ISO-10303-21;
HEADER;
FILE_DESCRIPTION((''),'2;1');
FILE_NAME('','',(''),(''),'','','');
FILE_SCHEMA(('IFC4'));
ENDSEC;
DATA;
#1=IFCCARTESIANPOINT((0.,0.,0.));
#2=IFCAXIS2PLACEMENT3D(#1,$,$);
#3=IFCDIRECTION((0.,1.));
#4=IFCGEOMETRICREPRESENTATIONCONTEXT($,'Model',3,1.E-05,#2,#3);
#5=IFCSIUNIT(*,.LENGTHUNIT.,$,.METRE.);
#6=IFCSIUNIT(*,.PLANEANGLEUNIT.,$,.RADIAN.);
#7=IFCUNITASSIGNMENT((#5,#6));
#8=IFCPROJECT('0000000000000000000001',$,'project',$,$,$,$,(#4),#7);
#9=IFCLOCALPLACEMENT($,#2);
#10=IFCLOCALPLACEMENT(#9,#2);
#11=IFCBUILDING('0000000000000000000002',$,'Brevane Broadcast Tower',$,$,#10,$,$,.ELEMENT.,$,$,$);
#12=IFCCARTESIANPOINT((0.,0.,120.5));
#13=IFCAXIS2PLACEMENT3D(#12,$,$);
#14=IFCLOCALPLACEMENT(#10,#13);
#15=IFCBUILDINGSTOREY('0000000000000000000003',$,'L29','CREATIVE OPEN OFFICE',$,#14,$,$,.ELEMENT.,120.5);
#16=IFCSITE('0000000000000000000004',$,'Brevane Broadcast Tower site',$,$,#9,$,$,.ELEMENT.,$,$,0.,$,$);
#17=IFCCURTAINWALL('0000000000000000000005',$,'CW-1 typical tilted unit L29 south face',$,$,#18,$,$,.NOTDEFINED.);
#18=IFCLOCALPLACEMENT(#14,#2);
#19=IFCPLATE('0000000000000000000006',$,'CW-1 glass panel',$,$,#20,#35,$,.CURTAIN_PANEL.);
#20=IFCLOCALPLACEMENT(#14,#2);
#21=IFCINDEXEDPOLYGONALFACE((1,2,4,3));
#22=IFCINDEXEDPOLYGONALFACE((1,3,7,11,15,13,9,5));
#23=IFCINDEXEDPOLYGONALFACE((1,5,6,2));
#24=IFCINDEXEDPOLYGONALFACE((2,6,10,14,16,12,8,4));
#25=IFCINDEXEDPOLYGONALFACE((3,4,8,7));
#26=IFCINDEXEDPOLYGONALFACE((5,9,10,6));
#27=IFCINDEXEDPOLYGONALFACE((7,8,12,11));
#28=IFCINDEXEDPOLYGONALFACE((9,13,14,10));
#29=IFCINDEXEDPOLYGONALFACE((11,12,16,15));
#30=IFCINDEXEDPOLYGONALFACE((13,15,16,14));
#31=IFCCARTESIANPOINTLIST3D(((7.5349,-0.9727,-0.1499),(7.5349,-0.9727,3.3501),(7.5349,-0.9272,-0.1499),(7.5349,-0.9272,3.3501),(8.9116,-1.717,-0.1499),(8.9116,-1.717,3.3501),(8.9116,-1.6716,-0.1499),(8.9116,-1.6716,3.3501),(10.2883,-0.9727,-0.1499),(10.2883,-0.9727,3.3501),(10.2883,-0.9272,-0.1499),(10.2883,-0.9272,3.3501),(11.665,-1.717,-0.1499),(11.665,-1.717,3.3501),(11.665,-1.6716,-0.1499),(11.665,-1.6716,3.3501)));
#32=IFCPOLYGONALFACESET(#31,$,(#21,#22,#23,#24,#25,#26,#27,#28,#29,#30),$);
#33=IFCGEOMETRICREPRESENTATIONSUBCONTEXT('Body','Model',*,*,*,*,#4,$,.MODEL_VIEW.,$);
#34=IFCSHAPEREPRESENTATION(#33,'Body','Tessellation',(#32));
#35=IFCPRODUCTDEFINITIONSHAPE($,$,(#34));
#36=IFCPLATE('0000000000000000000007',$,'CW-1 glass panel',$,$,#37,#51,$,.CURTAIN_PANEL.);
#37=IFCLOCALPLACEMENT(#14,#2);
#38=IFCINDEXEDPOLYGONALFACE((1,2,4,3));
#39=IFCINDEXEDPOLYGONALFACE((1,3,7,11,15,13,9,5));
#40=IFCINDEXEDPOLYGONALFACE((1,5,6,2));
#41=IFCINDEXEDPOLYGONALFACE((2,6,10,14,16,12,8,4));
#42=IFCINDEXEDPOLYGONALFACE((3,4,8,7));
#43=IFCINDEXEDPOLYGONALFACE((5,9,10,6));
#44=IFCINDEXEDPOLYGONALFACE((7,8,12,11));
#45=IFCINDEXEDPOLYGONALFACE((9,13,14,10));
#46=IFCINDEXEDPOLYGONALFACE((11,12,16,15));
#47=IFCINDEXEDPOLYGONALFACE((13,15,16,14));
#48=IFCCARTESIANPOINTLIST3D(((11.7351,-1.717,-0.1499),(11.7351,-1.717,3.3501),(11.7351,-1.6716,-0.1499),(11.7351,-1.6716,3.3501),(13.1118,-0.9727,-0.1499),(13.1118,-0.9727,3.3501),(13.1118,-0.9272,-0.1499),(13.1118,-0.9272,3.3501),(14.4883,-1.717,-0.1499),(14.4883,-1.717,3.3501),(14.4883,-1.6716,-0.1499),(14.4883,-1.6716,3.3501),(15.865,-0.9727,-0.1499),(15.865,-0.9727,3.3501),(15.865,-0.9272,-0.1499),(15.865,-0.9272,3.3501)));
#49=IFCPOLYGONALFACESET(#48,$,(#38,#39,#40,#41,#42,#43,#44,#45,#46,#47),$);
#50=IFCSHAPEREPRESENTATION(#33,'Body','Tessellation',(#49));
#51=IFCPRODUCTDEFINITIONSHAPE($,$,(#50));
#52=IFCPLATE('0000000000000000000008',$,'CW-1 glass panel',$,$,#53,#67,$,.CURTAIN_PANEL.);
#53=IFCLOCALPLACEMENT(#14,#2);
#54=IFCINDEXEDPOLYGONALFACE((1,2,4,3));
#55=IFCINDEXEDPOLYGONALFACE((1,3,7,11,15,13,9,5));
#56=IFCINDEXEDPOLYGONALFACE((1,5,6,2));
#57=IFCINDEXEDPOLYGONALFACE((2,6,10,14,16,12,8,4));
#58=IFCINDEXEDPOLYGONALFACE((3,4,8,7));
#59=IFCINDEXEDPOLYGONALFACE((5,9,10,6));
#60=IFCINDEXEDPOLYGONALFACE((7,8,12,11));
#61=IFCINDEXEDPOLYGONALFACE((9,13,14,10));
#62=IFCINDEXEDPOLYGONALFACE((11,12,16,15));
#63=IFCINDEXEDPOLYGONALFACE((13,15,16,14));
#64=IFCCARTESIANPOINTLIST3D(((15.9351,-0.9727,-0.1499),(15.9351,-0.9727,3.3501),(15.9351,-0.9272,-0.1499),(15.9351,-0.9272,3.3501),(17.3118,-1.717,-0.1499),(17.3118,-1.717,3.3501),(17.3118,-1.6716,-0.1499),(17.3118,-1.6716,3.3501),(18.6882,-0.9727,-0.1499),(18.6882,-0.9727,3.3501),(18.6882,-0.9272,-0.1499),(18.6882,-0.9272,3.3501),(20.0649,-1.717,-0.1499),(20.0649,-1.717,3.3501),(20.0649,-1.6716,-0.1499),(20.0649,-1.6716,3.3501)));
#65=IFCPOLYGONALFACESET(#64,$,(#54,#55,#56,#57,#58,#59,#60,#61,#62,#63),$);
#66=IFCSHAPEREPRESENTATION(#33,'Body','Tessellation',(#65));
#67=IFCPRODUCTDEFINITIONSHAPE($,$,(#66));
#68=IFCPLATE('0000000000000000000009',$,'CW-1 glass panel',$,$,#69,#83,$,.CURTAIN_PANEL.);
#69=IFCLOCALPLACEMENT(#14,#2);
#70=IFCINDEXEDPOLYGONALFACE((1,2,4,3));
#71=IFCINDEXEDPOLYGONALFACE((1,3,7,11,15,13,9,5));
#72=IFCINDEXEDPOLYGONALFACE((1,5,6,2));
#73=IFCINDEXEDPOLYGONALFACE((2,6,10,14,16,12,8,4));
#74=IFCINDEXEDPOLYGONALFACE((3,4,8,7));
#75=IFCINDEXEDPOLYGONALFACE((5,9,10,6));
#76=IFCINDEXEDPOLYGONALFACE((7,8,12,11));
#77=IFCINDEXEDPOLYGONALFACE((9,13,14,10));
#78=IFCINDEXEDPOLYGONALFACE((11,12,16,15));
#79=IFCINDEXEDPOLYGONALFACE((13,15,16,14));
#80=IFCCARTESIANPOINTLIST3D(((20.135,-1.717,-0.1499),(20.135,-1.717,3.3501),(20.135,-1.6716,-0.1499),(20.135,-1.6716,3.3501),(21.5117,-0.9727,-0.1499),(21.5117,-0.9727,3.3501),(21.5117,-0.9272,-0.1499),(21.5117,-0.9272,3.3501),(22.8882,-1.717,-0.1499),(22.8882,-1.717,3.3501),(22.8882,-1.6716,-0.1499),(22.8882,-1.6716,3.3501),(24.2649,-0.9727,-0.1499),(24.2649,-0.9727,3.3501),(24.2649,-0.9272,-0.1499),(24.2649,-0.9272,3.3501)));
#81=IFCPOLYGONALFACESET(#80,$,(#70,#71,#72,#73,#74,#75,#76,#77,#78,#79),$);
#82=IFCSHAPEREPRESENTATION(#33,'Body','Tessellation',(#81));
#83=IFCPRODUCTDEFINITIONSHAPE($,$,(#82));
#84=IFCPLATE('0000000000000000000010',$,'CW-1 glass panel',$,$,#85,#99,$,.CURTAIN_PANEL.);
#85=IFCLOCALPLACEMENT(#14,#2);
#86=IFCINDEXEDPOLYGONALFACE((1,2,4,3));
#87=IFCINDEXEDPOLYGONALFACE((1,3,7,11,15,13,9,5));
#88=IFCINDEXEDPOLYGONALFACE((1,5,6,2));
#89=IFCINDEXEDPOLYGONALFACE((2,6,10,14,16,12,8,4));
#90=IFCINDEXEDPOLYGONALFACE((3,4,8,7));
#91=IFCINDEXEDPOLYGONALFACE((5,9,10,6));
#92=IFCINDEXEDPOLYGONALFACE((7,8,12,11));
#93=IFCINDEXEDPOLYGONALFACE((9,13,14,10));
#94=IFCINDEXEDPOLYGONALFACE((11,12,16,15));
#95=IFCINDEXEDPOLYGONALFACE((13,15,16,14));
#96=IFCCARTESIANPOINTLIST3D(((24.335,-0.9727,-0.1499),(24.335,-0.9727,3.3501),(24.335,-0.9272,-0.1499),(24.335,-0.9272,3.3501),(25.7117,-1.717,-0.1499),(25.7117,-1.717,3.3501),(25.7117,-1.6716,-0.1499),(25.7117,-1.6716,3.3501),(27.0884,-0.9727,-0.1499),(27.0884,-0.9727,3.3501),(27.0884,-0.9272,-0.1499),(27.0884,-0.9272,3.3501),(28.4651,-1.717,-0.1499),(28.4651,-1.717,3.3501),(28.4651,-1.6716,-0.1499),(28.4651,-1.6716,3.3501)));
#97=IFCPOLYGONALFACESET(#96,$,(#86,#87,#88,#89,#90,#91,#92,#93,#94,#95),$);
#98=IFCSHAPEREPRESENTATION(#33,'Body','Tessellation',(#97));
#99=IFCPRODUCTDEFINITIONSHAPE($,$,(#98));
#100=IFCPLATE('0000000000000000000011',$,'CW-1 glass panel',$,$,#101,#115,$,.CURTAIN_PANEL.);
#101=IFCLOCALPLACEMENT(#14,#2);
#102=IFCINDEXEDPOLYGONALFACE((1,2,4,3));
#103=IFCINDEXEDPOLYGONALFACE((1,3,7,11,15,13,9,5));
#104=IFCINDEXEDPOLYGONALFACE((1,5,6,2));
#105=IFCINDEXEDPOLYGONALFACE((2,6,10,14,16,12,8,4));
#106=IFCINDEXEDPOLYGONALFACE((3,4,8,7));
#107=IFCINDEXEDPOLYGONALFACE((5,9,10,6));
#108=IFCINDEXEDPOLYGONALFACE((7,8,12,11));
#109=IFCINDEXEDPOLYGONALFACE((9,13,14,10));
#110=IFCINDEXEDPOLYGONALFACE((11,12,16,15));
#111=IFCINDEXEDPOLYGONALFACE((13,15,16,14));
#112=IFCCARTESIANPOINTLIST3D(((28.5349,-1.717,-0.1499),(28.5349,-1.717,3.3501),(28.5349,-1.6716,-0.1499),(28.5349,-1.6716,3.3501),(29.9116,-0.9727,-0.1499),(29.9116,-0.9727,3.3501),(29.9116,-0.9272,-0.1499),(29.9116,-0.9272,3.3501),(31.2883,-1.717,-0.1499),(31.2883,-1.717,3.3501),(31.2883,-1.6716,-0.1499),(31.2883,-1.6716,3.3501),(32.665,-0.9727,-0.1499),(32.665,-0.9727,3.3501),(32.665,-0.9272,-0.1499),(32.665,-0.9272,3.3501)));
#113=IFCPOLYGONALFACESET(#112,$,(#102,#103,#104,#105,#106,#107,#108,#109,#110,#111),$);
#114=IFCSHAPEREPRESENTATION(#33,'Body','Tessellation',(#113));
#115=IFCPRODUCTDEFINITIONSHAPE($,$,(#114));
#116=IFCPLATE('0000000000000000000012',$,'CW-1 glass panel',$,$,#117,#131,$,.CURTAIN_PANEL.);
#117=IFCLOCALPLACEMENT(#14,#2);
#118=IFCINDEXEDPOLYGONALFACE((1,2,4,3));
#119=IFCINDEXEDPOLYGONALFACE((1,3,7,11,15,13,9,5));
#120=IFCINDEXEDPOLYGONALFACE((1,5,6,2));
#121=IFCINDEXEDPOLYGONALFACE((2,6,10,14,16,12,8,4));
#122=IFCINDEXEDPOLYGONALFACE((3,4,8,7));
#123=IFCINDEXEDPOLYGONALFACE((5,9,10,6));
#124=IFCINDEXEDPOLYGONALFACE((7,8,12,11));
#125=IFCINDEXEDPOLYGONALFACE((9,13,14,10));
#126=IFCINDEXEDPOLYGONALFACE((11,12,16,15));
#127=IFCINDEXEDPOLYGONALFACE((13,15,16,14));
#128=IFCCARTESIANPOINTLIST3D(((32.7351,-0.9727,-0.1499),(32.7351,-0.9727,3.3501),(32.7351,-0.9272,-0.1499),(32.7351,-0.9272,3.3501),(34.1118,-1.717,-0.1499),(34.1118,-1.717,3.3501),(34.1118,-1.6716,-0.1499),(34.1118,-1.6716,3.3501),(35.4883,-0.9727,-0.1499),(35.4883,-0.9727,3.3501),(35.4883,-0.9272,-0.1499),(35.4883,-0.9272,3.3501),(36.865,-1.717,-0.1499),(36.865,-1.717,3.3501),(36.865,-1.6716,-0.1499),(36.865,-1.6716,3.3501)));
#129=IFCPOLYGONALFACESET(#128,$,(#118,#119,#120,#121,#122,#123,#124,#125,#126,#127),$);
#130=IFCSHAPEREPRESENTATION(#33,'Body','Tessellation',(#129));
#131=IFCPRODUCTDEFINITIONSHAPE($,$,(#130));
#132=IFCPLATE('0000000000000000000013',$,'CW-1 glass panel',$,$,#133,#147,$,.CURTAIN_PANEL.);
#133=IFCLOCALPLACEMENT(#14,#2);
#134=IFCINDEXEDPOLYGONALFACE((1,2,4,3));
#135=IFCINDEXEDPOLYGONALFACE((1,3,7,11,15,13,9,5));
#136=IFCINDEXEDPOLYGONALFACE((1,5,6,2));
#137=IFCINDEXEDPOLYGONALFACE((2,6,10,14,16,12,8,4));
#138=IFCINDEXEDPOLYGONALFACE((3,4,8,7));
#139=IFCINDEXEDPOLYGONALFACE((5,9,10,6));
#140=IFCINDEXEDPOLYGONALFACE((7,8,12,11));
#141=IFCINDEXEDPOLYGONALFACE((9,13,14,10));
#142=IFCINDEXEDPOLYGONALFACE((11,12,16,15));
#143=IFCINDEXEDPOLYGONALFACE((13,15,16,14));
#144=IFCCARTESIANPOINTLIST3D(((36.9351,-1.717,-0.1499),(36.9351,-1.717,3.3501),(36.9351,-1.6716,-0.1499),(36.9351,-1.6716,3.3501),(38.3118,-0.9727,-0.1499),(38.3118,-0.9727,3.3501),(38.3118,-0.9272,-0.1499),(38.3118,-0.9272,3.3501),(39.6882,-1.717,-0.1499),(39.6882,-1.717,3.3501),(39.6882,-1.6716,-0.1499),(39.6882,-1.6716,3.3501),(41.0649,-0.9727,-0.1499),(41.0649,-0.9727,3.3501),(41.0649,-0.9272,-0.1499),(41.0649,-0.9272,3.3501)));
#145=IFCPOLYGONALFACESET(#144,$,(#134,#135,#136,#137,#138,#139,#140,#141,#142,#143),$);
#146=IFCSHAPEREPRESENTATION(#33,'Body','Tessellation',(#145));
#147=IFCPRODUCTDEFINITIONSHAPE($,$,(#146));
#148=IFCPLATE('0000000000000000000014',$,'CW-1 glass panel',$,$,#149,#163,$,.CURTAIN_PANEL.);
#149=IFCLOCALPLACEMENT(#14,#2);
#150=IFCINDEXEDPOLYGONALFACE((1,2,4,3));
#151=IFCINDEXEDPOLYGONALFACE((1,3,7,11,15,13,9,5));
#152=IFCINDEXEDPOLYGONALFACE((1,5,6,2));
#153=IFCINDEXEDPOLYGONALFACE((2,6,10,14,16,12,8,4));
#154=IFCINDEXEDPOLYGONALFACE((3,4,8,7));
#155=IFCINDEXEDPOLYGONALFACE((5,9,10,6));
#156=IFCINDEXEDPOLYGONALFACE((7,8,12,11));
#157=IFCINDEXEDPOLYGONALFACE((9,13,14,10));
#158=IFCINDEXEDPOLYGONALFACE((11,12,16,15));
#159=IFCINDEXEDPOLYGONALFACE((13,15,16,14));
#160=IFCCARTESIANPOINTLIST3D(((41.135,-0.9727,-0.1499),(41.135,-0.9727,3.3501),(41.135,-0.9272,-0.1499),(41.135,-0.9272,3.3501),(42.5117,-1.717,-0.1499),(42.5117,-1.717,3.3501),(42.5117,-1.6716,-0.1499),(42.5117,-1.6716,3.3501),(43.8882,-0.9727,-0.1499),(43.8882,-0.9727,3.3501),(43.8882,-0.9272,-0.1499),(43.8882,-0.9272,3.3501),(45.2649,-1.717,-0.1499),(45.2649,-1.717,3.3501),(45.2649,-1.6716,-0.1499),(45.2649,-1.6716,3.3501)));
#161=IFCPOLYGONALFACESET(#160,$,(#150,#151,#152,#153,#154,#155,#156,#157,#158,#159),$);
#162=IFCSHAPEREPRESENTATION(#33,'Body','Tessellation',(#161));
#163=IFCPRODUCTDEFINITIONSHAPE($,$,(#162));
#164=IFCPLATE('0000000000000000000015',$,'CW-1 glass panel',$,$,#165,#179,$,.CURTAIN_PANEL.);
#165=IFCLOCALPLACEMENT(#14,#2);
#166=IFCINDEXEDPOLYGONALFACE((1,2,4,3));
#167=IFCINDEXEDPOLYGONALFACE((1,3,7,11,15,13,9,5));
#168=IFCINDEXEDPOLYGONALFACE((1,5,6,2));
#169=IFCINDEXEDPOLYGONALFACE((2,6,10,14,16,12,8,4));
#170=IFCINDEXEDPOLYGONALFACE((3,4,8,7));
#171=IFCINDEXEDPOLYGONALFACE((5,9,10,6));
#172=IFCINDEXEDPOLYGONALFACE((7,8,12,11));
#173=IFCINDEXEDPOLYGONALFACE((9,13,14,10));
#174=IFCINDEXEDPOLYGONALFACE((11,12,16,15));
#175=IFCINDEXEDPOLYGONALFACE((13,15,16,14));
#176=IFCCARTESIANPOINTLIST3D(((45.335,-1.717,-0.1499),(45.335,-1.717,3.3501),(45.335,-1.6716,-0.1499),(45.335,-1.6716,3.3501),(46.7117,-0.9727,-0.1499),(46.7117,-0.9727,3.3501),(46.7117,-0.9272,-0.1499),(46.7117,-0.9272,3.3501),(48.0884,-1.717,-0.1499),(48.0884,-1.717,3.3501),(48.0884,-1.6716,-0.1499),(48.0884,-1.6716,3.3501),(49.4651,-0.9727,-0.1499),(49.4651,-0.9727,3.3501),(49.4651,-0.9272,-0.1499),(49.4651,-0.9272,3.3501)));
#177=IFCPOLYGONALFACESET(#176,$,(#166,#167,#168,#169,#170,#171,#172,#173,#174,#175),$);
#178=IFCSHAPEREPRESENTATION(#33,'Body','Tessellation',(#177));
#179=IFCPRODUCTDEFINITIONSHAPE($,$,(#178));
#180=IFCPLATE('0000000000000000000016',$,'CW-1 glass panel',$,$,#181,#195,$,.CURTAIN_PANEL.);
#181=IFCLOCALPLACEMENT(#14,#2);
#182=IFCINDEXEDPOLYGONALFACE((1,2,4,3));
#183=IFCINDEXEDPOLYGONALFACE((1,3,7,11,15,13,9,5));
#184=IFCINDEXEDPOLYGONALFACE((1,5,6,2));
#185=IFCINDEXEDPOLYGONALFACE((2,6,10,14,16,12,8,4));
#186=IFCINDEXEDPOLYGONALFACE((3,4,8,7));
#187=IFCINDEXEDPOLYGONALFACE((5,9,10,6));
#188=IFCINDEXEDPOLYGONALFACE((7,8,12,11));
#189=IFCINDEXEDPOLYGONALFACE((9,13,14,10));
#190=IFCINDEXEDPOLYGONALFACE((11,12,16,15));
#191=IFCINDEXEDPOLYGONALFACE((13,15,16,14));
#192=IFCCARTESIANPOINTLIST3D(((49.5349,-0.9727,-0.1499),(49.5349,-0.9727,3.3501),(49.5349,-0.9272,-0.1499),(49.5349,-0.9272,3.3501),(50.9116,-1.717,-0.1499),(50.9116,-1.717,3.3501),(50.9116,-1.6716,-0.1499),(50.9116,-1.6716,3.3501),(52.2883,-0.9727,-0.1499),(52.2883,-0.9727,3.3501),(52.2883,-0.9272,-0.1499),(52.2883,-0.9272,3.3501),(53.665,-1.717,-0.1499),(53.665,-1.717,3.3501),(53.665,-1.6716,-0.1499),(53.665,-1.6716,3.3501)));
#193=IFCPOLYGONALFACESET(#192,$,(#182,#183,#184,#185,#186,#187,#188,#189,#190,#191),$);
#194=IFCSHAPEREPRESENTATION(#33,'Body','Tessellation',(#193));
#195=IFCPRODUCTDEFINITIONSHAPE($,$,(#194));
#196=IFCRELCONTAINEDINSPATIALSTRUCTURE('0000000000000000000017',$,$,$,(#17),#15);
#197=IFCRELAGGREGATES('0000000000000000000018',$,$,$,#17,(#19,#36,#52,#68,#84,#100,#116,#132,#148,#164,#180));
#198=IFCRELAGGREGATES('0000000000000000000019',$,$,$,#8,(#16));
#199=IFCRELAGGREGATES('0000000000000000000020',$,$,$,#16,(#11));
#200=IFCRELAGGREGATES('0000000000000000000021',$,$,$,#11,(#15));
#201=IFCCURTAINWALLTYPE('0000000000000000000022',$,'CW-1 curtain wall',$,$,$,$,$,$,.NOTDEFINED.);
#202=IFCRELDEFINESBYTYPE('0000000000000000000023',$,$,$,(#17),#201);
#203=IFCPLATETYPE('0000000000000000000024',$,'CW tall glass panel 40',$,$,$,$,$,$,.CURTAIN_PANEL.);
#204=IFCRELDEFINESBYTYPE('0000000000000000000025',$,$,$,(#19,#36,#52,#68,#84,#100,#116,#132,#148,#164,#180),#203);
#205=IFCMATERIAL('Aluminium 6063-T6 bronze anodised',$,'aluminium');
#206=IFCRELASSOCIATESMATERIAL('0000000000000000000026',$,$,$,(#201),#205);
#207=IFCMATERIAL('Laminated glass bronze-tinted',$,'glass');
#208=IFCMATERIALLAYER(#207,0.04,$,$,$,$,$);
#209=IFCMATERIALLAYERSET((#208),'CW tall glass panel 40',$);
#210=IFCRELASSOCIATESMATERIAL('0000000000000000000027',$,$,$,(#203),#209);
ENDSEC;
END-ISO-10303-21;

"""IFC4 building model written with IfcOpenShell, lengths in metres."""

from ifc_helpers import new_model, si_unit, direction, frame, origin, place, context, subcontext, project, spatial, polyline, outline, extrude, material, layer, layer_set, type_object, element, aggregate, save


model = new_model("IFC4")

# Units and contexts
model_context = context("Model", 3, precision=1e-05, world=origin(), true_north=direction((0.0, 1.0)))
body_context = subcontext(model_context, "Body", "Model", "MODEL_VIEW")
ifc_project = project(units=[si_unit("LENGTHUNIT", "METRE"), si_unit("PLANEANGLEUNIT", "RADIAN")], contexts=[model_context])

# Site, building, storey
site_placement = place(None, origin())
site = spatial("IfcSite", under=ifc_project, at=site_placement, Name="Brevane Broadcast Tower site", CompositionType="ELEMENT", RefElevation=0.0)
building_placement = place(site_placement, origin())
building = spatial("IfcBuilding", under=site, at=building_placement, Name="Brevane Broadcast Tower", CompositionType="ELEMENT")
storey_placement = place(building_placement, frame((0.0, 0.0, 120.5)))
storey = spatial("IfcBuildingStorey", under=building, at=storey_placement, Name="L29", Description="CREATIVE OPEN OFFICE", CompositionType="ELEMENT", Elevation=120.5)

# Curtain wall, plates
ifc_material_1 = material(Name="Aluminium 6063-T6 bronze anodised", Category="aluminium")
curtain_wall_type = type_object("IfcCurtainWallType", Name="CW-1 curtain wall", PredefinedType="NOTDEFINED", material=ifc_material_1)
curtain_wall_1_placement = place(storey_placement, origin())
curtain_wall_1 = element("IfcCurtainWall", 1, at=curtain_wall_1_placement, inside=storey, type_object=curtain_wall_type, Name="CW-1 typical tilted unit L29 south face", PredefinedType="NOTDEFINED")
ifc_material_2 = material(Name="Laminated glass bronze-tinted", Category="glass")
ifc_layer = layer(ifc_material_2, 0.04)
ifc_layer_set = layer_set([ifc_layer], Name="CW tall glass panel 40")
plate_type = type_object("IfcPlateType", Name="CW tall glass panel 40", PredefinedType="CURTAIN_PANEL", material=ifc_layer_set)
plate_1_placement = place(storey_placement, frame((0.0, 0.0, -0.1499)))
plate_1 = element("IfcPlate", 2, at=plate_1_placement, type_object=plate_type, Name="CW-1 glass panel", PredefinedType="CURTAIN_PANEL", context=body_context, shape_type="SweptSolid", body=[
    extrude(outline(polyline([(7.5349, -0.9272), (7.5349, -0.9727), (8.9116, -1.717), (10.2883, -0.9727), (11.665, -1.717), (11.665, -1.6716), (10.2883, -0.9272), (8.9116, -1.6716), (7.5349, -0.9272)])), origin(), (0.0, 0.0, 1.0), 3.5),
])
plate_2_placement = place(storey_placement, frame((0.0, 0.0, -0.1499)))
plate_2 = element("IfcPlate", 3, at=plate_2_placement, type_object=plate_type, Name="CW-1 glass panel", PredefinedType="CURTAIN_PANEL", context=body_context, shape_type="SweptSolid", body=[
    extrude(outline(polyline([(11.7351, -1.6716), (11.7351, -1.717), (13.1118, -0.9727), (14.4883, -1.717), (15.865, -0.9727), (15.865, -0.9272), (14.4883, -1.6716), (13.1118, -0.9272), (11.7351, -1.6716)])), origin(), (0.0, 0.0, 1.0), 3.5),
])
plate_3_placement = place(storey_placement, frame((0.0, 0.0, -0.1499)))
plate_3 = element("IfcPlate", 4, at=plate_3_placement, type_object=plate_type, Name="CW-1 glass panel", PredefinedType="CURTAIN_PANEL", context=body_context, shape_type="SweptSolid", body=[
    extrude(outline(polyline([(15.9351, -0.9272), (15.9351, -0.9727), (17.3118, -1.717), (18.6882, -0.9727), (20.0649, -1.717), (20.0649, -1.6716), (18.6882, -0.9272), (17.3118, -1.6716), (15.9351, -0.9272)])), origin(), (0.0, 0.0, 1.0), 3.5),
])
plate_4_placement = place(storey_placement, frame((0.0, 0.0, -0.1499)))
plate_4 = element("IfcPlate", 5, at=plate_4_placement, type_object=plate_type, Name="CW-1 glass panel", PredefinedType="CURTAIN_PANEL", context=body_context, shape_type="SweptSolid", body=[
    extrude(outline(polyline([(20.135, -1.6716), (20.135, -1.717), (21.5117, -0.9727), (22.8882, -1.717), (24.2649, -0.9727), (24.2649, -0.9272), (22.8882, -1.6716), (21.5117, -0.9272), (20.135, -1.6716)])), origin(), (0.0, 0.0, 1.0), 3.5),
])
plate_5_placement = place(storey_placement, frame((0.0, 0.0, -0.1499)))
plate_5 = element("IfcPlate", 6, at=plate_5_placement, type_object=plate_type, Name="CW-1 glass panel", PredefinedType="CURTAIN_PANEL", context=body_context, shape_type="SweptSolid", body=[
    extrude(outline(polyline([(24.335, -0.9272), (24.335, -0.9727), (25.7117, -1.717), (27.0884, -0.9727), (28.4651, -1.717), (28.4651, -1.6716), (27.0884, -0.9272), (25.7117, -1.6716), (24.335, -0.9272)])), origin(), (0.0, 0.0, 1.0), 3.5),
])
plate_6_placement = place(storey_placement, frame((0.0, 0.0, -0.1499)))
plate_6 = element("IfcPlate", 7, at=plate_6_placement, type_object=plate_type, Name="CW-1 glass panel", PredefinedType="CURTAIN_PANEL", context=body_context, shape_type="SweptSolid", body=[
    extrude(outline(polyline([(28.5349, -1.6716), (28.5349, -1.717), (29.9116, -0.9727), (31.2883, -1.717), (32.665, -0.9727), (32.665, -0.9272), (31.2883, -1.6716), (29.9116, -0.9272), (28.5349, -1.6716)])), origin(), (0.0, 0.0, 1.0), 3.5),
])
plate_7_placement = place(storey_placement, frame((0.0, 0.0, -0.1499)))
plate_7 = element("IfcPlate", 8, at=plate_7_placement, type_object=plate_type, Name="CW-1 glass panel", PredefinedType="CURTAIN_PANEL", context=body_context, shape_type="SweptSolid", body=[
    extrude(outline(polyline([(32.7351, -0.9272), (32.7351, -0.9727), (34.1118, -1.717), (35.4883, -0.9727), (36.865, -1.717), (36.865, -1.6716), (35.4883, -0.9272), (34.1118, -1.6716), (32.7351, -0.9272)])), origin(), (0.0, 0.0, 1.0), 3.5),
])
plate_8_placement = place(storey_placement, frame((0.0, 0.0, -0.1499)))
plate_8 = element("IfcPlate", 9, at=plate_8_placement, type_object=plate_type, Name="CW-1 glass panel", PredefinedType="CURTAIN_PANEL", context=body_context, shape_type="SweptSolid", body=[
    extrude(outline(polyline([(36.9351, -1.6716), (36.9351, -1.717), (38.3118, -0.9727), (39.6882, -1.717), (41.0649, -0.9727), (41.0649, -0.9272), (39.6882, -1.6716), (38.3118, -0.9272), (36.9351, -1.6716)])), origin(), (0.0, 0.0, 1.0), 3.5),
])
plate_9_placement = place(storey_placement, frame((0.0, 0.0, -0.1499)))
plate_9 = element("IfcPlate", 10, at=plate_9_placement, type_object=plate_type, Name="CW-1 glass panel", PredefinedType="CURTAIN_PANEL", context=body_context, shape_type="SweptSolid", body=[
    extrude(outline(polyline([(41.135, -0.9272), (41.135, -0.9727), (42.5117, -1.717), (43.8882, -0.9727), (45.2649, -1.717), (45.2649, -1.6716), (43.8882, -0.9272), (42.5117, -1.6716), (41.135, -0.9272)])), origin(), (0.0, 0.0, 1.0), 3.5),
])
plate_10_placement = place(storey_placement, frame((0.0, 0.0, -0.1499)))
plate_10 = element("IfcPlate", 11, at=plate_10_placement, type_object=plate_type, Name="CW-1 glass panel", PredefinedType="CURTAIN_PANEL", context=body_context, shape_type="SweptSolid", body=[
    extrude(outline(polyline([(45.335, -1.6716), (45.335, -1.717), (46.7117, -0.9727), (48.0884, -1.717), (49.4651, -0.9727), (49.4651, -0.9272), (48.0884, -1.6716), (46.7117, -0.9272), (45.335, -1.6716)])), origin(), (0.0, 0.0, 1.0), 3.5),
])
plate_11_placement = place(storey_placement, frame((0.0, 0.0, -0.1499)))
plate_11 = element("IfcPlate", 12, at=plate_11_placement, type_object=plate_type, Name="CW-1 glass panel", PredefinedType="CURTAIN_PANEL", context=body_context, shape_type="SweptSolid", body=[
    extrude(outline(polyline([(49.5349, -0.9272), (49.5349, -0.9727), (50.9116, -1.717), (52.2883, -0.9727), (53.665, -1.717), (53.665, -1.6716), (52.2883, -0.9272), (50.9116, -1.6716), (49.5349, -0.9272)])), origin(), (0.0, 0.0, 1.0), 3.5),
])
aggregate(curtain_wall_1, [plate_1, plate_2, plate_3, plate_4, plate_5, plate_6, plate_7, plate_8, plate_9, plate_10, plate_11])

save(model, "model.ifc")
